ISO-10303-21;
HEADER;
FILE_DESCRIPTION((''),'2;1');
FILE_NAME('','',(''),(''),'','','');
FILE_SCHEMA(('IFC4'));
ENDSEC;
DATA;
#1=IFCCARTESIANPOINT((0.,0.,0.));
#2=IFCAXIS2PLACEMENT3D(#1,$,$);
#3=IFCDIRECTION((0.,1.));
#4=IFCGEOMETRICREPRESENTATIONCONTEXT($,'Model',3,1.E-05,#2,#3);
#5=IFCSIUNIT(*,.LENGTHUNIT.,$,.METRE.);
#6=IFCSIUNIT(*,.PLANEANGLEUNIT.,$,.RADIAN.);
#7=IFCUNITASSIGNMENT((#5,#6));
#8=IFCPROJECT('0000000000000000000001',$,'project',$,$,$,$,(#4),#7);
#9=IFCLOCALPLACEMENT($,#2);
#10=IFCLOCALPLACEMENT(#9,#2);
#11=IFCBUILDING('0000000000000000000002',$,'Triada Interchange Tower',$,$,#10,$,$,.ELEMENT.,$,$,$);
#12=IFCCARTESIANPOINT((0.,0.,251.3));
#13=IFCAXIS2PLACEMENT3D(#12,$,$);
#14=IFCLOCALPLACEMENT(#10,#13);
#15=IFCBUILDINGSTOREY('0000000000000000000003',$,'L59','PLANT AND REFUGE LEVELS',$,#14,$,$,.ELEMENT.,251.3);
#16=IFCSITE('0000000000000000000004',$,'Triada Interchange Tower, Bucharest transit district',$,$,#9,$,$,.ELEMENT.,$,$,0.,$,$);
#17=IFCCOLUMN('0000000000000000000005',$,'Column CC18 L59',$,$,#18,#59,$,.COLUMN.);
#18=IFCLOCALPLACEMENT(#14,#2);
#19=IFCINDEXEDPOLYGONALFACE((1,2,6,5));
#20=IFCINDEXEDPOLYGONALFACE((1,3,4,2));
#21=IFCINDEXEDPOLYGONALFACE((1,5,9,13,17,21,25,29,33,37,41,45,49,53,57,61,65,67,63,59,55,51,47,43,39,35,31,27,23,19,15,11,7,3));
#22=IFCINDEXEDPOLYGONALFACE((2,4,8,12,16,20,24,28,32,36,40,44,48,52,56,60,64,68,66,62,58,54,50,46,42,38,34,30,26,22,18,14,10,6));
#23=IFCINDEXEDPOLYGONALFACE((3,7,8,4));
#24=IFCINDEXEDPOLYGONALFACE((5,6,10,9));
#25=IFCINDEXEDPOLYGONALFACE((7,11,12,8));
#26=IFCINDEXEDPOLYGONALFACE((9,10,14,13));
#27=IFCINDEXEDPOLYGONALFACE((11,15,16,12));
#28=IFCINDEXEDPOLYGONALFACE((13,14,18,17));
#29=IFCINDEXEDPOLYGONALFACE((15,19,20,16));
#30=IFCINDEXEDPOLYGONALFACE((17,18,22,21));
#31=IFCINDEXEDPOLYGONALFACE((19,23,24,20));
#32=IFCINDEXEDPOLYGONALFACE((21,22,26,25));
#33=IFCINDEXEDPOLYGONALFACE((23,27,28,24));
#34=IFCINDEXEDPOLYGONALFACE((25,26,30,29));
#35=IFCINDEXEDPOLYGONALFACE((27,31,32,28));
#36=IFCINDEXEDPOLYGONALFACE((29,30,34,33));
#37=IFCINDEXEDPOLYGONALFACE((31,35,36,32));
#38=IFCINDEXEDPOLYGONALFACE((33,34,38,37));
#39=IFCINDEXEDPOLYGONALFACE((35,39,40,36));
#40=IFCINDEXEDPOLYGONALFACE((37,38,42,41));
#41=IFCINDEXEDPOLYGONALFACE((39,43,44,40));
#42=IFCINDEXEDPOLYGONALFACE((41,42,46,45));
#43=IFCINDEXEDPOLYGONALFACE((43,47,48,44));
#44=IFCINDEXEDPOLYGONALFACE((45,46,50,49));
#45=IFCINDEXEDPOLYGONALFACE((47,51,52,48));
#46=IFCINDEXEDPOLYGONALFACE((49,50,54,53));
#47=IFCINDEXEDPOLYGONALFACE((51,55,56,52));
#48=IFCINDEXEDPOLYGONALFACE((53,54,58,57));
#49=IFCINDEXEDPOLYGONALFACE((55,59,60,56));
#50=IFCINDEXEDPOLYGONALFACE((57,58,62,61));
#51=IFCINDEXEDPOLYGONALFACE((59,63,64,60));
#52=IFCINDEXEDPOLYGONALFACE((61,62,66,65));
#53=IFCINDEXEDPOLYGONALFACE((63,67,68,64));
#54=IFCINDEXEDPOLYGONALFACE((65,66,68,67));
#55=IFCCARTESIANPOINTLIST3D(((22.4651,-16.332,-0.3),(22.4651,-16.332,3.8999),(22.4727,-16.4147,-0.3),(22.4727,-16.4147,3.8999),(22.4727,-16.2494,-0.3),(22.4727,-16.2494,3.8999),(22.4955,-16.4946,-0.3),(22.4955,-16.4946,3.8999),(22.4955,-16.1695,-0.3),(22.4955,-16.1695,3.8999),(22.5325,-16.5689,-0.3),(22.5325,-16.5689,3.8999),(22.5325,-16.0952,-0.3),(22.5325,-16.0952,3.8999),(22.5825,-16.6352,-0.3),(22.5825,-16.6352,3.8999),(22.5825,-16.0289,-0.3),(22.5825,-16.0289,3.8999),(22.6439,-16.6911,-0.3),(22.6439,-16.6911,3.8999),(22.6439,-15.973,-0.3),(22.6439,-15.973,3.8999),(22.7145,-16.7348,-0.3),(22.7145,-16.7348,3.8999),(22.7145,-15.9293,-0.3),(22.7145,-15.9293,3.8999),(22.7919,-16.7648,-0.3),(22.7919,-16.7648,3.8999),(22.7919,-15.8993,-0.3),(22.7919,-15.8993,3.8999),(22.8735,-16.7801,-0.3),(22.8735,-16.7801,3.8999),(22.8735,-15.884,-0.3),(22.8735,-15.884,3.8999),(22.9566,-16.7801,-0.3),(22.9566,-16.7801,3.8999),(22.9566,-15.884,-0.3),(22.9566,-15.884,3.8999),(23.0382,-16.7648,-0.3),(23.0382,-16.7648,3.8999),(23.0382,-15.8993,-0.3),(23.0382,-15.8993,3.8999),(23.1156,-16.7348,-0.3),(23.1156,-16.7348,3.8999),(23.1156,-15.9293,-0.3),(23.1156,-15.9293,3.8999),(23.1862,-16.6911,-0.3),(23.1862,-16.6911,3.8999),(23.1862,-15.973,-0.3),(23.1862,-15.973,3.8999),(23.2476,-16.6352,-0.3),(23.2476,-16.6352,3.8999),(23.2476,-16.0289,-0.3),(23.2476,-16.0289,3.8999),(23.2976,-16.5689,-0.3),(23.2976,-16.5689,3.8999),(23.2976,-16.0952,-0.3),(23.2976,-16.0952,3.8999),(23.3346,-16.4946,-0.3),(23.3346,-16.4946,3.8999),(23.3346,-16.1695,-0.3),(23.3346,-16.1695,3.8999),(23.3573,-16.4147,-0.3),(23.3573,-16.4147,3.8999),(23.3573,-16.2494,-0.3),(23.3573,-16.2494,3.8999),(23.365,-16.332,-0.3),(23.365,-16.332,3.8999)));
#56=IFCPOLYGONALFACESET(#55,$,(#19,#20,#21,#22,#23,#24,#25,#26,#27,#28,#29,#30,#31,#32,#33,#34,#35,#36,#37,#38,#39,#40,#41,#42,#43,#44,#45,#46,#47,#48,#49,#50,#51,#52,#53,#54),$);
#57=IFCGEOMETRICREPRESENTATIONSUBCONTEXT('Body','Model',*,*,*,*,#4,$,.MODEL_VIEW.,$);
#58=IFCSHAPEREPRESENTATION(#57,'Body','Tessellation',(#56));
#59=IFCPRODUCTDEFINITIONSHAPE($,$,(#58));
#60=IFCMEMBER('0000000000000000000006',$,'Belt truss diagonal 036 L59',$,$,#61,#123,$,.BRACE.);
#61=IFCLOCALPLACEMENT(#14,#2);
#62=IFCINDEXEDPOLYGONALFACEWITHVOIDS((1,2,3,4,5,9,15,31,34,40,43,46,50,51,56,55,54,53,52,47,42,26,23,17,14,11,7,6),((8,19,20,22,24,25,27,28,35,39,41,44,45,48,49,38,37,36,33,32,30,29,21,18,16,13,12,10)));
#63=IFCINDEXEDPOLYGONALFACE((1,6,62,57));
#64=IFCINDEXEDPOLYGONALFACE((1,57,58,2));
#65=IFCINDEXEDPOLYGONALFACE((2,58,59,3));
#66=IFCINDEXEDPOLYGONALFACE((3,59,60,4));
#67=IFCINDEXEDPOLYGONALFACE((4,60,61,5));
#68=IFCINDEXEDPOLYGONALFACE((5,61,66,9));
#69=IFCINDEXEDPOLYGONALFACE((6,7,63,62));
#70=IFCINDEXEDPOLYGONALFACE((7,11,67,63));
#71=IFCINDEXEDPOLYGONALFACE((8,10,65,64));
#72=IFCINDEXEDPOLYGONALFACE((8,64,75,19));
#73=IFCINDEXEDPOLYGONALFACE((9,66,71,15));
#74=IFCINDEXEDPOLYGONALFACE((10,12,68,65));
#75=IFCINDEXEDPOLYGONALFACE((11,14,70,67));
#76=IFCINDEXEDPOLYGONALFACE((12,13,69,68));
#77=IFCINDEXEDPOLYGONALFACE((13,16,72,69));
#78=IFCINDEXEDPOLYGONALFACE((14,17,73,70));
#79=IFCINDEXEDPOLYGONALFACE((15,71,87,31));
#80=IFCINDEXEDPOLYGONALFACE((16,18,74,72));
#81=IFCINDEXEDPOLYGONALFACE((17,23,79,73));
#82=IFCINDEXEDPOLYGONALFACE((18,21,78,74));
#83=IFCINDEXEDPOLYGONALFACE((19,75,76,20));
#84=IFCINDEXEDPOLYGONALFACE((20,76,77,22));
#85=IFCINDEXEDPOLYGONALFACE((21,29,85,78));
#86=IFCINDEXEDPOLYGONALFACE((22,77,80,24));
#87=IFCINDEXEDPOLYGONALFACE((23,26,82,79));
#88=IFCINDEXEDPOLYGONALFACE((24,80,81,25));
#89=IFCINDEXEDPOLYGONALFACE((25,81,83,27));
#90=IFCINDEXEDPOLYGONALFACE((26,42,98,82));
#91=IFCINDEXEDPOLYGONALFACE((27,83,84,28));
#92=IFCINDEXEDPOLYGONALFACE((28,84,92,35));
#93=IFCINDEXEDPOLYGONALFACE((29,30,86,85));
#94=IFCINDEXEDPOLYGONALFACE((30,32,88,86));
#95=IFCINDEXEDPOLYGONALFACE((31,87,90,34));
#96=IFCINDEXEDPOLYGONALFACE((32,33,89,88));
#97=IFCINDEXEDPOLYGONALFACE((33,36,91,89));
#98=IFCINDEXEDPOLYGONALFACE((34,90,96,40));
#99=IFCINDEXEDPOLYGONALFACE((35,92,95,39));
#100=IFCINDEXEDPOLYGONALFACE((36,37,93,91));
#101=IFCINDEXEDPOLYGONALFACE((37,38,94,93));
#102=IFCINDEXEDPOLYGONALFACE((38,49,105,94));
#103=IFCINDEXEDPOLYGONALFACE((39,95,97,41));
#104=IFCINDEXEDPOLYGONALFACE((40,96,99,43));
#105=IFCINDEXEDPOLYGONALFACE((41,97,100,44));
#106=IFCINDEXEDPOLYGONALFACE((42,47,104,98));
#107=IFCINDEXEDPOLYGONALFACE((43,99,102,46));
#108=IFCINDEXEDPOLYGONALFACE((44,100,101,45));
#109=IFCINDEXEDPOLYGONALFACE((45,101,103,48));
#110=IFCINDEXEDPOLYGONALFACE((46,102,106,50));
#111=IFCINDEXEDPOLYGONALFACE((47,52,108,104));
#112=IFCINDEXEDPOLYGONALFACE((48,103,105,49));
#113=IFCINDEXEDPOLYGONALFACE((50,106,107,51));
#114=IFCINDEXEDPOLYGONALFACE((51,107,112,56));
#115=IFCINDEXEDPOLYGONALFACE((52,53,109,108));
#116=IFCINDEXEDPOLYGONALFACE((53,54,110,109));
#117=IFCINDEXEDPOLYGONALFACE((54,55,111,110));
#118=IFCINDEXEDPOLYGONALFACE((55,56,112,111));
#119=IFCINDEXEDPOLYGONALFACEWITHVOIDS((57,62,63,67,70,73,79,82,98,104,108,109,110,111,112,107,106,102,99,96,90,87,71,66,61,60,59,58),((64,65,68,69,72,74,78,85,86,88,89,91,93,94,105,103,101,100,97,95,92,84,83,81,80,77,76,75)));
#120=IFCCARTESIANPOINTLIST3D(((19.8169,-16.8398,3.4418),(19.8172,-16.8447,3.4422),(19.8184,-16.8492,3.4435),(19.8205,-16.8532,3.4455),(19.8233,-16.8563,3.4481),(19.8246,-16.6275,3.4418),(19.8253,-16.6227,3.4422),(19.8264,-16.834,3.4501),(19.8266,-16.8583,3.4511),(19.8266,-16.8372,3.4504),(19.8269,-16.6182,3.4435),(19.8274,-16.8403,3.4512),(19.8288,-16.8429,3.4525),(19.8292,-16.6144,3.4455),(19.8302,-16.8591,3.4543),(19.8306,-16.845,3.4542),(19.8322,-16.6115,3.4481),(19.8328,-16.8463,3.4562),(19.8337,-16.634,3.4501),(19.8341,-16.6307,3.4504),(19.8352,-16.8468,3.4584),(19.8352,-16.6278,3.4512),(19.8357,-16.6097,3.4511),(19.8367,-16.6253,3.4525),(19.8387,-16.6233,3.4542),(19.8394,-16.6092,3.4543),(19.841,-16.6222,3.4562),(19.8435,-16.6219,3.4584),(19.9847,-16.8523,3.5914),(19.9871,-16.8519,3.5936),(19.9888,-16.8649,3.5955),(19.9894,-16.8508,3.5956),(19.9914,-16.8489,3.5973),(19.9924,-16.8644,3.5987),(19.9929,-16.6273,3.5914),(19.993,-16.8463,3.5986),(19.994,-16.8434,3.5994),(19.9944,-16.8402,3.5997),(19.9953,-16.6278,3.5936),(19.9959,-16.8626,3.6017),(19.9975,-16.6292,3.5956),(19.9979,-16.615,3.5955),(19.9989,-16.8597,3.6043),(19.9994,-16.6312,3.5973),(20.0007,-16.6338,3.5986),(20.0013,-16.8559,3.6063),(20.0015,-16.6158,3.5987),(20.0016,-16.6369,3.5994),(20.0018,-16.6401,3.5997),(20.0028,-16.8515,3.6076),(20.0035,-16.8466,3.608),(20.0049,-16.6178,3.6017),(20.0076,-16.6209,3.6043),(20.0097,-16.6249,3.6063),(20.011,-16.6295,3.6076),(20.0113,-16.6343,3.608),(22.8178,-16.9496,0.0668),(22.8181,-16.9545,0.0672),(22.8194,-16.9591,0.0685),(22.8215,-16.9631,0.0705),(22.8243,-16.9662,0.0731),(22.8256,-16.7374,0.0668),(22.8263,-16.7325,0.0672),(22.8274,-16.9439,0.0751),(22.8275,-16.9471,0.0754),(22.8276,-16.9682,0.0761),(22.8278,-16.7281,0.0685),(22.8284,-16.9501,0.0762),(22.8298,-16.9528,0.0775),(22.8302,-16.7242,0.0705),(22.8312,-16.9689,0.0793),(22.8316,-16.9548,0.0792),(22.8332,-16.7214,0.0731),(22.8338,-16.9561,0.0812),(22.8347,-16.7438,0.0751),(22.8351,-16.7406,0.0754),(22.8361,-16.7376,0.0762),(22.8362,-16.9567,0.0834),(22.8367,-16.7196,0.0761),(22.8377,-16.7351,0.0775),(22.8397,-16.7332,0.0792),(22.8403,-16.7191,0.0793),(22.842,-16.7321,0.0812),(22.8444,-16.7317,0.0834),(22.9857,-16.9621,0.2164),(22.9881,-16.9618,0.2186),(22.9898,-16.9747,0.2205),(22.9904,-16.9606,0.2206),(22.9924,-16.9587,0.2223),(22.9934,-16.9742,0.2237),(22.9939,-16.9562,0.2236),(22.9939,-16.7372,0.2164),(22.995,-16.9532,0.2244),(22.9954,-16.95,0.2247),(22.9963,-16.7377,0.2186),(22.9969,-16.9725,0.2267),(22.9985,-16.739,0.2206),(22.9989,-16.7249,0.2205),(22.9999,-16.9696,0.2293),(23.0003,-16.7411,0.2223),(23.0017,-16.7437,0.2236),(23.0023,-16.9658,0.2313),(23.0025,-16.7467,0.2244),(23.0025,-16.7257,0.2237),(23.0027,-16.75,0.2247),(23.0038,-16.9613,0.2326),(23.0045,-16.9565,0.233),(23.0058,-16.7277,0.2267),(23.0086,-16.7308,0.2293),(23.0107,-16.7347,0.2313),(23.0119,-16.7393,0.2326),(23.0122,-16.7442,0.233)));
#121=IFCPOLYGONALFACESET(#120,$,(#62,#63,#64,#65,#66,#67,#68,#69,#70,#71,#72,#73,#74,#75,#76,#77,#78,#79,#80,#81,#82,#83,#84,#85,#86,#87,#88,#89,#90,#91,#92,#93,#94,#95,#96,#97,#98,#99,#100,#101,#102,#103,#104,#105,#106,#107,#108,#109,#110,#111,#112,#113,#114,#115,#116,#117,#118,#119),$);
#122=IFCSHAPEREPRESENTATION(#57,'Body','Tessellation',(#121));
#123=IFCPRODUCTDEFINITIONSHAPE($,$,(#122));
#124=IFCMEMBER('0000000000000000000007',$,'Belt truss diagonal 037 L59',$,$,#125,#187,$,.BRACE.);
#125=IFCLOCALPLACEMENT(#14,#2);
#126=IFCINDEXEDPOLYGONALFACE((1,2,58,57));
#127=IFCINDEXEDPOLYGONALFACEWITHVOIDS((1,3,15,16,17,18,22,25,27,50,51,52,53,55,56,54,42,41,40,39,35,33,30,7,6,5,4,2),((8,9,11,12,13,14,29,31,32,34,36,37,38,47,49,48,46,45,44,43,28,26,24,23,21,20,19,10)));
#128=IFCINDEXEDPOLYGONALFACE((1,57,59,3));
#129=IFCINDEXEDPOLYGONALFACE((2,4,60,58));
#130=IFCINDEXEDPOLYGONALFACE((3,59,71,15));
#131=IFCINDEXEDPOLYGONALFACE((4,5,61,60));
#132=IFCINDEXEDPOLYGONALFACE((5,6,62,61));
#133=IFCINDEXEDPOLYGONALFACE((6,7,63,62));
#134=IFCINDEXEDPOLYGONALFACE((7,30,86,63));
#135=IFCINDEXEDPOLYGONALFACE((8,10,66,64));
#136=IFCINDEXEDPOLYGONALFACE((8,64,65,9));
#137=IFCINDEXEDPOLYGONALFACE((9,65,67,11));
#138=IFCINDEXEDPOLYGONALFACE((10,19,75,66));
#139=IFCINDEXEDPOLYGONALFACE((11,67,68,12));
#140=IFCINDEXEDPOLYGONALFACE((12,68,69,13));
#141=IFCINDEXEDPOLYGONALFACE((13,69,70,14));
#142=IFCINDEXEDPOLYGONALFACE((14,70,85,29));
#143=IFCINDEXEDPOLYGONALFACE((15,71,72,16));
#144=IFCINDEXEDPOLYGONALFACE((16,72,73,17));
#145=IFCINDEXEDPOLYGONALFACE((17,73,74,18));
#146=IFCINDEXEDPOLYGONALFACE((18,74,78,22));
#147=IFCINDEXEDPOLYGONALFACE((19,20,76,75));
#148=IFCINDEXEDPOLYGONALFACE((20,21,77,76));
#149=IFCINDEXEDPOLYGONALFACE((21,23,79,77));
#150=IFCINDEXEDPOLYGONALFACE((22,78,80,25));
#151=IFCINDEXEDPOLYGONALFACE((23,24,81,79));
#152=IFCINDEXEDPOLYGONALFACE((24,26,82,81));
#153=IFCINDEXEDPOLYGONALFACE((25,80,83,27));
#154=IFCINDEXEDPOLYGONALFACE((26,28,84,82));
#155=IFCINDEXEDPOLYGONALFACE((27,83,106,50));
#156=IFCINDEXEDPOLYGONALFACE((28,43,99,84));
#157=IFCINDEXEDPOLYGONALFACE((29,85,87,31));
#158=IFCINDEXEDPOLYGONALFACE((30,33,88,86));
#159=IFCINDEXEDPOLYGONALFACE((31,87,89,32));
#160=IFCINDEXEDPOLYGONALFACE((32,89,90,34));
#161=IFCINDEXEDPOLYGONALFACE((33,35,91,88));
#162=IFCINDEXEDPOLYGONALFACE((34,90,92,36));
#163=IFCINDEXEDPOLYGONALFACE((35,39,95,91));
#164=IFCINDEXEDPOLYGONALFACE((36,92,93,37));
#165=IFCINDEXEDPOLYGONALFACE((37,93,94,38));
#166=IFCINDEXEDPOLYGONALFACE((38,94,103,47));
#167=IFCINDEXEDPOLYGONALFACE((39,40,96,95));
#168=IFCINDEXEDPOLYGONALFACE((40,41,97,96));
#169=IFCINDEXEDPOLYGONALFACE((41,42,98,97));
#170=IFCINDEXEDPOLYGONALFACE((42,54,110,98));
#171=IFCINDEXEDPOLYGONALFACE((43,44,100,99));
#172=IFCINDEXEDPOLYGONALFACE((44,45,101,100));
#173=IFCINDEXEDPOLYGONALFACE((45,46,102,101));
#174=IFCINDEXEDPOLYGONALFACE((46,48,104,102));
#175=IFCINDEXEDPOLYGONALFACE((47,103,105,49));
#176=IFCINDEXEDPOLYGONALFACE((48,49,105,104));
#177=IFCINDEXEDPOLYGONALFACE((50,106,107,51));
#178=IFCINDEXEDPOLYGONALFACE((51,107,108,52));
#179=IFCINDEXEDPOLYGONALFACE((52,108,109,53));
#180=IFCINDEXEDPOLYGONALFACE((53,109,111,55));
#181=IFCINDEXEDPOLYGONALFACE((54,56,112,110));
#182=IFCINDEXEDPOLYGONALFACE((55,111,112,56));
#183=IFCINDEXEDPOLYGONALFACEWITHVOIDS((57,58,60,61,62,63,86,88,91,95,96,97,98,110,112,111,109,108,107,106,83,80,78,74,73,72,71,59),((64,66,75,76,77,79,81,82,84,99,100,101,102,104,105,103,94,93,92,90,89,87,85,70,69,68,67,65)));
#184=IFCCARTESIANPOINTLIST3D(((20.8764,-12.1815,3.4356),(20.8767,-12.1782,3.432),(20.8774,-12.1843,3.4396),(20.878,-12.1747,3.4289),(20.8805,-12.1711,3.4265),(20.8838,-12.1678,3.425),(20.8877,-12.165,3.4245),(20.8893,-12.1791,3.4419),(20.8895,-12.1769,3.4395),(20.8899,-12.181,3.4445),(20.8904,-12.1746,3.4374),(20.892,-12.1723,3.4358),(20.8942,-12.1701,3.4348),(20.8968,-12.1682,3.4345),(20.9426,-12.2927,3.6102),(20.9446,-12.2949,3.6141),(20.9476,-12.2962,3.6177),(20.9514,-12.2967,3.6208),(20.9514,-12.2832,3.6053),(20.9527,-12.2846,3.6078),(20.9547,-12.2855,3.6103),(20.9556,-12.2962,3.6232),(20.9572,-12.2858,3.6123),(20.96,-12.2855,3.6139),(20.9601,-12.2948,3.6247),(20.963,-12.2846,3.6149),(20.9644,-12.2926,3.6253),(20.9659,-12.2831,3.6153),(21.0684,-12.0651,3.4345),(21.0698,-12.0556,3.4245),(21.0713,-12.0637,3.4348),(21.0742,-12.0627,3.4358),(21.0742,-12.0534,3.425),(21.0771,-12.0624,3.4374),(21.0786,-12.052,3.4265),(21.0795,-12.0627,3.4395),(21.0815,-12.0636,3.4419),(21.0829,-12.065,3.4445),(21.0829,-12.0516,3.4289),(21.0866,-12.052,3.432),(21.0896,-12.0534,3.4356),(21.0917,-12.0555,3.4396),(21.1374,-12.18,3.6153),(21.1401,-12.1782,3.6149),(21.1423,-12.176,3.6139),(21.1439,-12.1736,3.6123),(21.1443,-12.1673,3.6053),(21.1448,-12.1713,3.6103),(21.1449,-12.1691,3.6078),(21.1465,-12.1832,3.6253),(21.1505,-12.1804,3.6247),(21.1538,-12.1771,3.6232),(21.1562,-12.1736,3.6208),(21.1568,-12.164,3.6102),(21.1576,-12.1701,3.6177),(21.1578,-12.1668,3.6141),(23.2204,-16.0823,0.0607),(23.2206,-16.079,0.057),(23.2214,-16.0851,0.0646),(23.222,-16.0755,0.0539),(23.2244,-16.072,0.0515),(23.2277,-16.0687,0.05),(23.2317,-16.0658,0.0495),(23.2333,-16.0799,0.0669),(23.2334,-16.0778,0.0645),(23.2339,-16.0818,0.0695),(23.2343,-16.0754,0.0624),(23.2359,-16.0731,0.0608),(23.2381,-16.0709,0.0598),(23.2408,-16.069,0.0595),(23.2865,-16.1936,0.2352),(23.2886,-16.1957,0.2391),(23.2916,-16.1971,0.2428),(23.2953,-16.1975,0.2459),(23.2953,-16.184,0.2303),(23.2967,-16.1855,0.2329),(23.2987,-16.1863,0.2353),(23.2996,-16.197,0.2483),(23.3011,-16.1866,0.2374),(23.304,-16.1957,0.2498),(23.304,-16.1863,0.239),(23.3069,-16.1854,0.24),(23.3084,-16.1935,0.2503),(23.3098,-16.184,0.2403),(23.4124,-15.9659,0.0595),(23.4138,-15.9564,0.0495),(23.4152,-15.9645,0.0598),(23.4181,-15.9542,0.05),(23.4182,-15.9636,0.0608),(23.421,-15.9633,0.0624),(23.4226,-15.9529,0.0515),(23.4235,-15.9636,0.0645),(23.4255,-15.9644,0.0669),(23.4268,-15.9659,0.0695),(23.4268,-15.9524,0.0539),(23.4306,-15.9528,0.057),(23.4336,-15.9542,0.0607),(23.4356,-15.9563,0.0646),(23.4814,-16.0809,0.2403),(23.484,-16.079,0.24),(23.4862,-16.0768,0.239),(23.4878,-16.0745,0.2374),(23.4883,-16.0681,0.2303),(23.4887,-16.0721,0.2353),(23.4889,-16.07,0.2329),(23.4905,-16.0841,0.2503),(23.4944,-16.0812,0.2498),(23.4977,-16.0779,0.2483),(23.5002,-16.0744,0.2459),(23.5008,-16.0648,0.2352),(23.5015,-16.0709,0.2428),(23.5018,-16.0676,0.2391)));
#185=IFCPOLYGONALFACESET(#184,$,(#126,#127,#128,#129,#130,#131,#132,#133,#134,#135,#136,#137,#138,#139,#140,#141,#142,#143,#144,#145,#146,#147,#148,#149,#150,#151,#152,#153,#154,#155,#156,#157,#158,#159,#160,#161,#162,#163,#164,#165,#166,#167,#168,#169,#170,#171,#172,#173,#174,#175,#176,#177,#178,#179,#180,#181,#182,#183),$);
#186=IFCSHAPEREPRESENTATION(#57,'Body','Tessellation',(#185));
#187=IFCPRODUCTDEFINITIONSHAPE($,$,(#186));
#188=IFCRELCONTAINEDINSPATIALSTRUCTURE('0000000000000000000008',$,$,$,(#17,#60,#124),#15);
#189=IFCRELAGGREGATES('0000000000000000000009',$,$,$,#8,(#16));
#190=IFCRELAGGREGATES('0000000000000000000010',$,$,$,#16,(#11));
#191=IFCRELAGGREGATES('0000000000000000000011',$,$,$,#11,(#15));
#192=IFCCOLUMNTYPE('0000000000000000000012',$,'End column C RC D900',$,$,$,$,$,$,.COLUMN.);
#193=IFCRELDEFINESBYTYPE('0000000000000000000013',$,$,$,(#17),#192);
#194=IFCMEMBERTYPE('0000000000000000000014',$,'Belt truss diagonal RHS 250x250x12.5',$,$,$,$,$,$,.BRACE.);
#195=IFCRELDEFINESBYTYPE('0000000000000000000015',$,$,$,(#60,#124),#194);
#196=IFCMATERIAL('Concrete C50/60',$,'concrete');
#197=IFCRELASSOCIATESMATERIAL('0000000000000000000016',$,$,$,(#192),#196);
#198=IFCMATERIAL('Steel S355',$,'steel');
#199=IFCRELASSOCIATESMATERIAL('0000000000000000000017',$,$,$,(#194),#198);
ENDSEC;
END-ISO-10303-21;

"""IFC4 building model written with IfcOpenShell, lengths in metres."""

from ifc_helpers import new_model, si_unit, direction, frame, origin, origin_2d, place, context, subcontext, project, spatial, hollow_rectangle, circle, extrude, material, material_profile, profile_set, type_object, element, save


model = new_model("IFC4")

# Units and contexts
model_context = context("Model", 3, precision=1e-05, world=origin(), true_north=direction((0.0, 1.0)))
body_context = subcontext(model_context, "Body", "Model", "MODEL_VIEW")
ifc_project = project(units=[si_unit("LENGTHUNIT", "METRE"), si_unit("PLANEANGLEUNIT", "RADIAN")], contexts=[model_context])

# Site, building, storey
site_placement = place(None, origin())
site = spatial("IfcSite", under=ifc_project, at=site_placement, Name="Triada Interchange Tower, Bucharest transit district", CompositionType="ELEMENT", RefElevation=0.0)
building_placement = place(site_placement, origin())
building = spatial("IfcBuilding", under=site, at=building_placement, Name="Triada Interchange Tower", CompositionType="ELEMENT")
storey_placement = place(building_placement, frame((0.0, 0.0, 251.3)))
storey = spatial("IfcBuildingStorey", under=building, at=storey_placement, Name="L59", Description="PLANT AND REFUGE LEVELS", CompositionType="ELEMENT", Elevation=251.3)

# Column
ifc_material_1 = material(Name="Concrete C50/60", Category="concrete")
ifc_material_profile_1 = material_profile(ifc_material_1, circle(Radius=0.45, at=origin_2d()), Name="RC D900")
ifc_profile_set_1 = profile_set([ifc_material_profile_1], Name="Concrete C50/60")
column_type = type_object("IfcColumnType", Name="End column C RC D900", PredefinedType="COLUMN", material=ifc_profile_set_1)
column_placement = place(storey_placement, frame((22.915, -16.332, -0.3), z_axis=(0.0, 0.0, 1.0), x_axis=(1.0, 0.0, 0.0)))
element("IfcColumn", 1, at=column_placement, inside=storey, type_object=column_type, Name="Column CC18 L59", PredefinedType="COLUMN", context=body_context, shape_type="SweptSolid", body=[
    extrude(circle(Radius=0.45, at=origin_2d()), origin(), (0.0, 0.0, 1.0), 4.2),
])

# Members
ifc_material_2 = material(Name="Steel S355", Category="steel")
ifc_material_profile_2 = material_profile(ifc_material_2, hollow_rectangle(XDim=0.25, YDim=0.25, WallThickness=0.0125, InnerFilletRadius=0.0125, OuterFilletRadius=0.0188, at=origin_2d()), Name="RHS 250x250x12.5")
ifc_profile_set_2 = profile_set([ifc_material_profile_2], Name="Steel S355")
member_type = type_object("IfcMemberType", Name="Belt truss diagonal RHS 250x250x12.5", PredefinedType="BRACE", material=ifc_profile_set_2)
member_1_placement = place(storey_placement, frame((22.915, -16.8469, 0.1499), z_axis=(-0.664288, 0.024319, 0.747081), x_axis=(-0.036585, -0.999331, 0.0)))
element("IfcMember", 2, at=member_1_placement, inside=storey, type_object=member_type, Name="Belt truss diagonal 036 L59", PredefinedType="BRACE", context=body_context, shape_type="SweptSolid", body=[
    extrude(hollow_rectangle(XDim=0.25, YDim=0.25, WallThickness=0.0125, InnerFilletRadius=0.0125, OuterFilletRadius=0.0188, at=origin_2d()), origin(), (0.0, 0.0, 1.0), 4.5176),
])
member_2_placement = place(storey_placement, frame((23.3611, -16.075, 0.1499), z_axis=(-0.413706, 0.68849, 0.595675), x_axis=(-0.857157, -0.515056, 0.0)))
element("IfcMember", 3, at=member_2_placement, inside=storey, type_object=member_type, Name="Belt truss diagonal 037 L59", PredefinedType="BRACE", context=body_context, shape_type="SweptSolid", body=[
    extrude(hollow_rectangle(XDim=0.25, YDim=0.25, WallThickness=0.0125, InnerFilletRadius=0.0125, OuterFilletRadius=0.0188, at=origin_2d()), origin(), (0.0, 0.0, 1.0), 5.6658),
])

save(model, "model.ifc")
